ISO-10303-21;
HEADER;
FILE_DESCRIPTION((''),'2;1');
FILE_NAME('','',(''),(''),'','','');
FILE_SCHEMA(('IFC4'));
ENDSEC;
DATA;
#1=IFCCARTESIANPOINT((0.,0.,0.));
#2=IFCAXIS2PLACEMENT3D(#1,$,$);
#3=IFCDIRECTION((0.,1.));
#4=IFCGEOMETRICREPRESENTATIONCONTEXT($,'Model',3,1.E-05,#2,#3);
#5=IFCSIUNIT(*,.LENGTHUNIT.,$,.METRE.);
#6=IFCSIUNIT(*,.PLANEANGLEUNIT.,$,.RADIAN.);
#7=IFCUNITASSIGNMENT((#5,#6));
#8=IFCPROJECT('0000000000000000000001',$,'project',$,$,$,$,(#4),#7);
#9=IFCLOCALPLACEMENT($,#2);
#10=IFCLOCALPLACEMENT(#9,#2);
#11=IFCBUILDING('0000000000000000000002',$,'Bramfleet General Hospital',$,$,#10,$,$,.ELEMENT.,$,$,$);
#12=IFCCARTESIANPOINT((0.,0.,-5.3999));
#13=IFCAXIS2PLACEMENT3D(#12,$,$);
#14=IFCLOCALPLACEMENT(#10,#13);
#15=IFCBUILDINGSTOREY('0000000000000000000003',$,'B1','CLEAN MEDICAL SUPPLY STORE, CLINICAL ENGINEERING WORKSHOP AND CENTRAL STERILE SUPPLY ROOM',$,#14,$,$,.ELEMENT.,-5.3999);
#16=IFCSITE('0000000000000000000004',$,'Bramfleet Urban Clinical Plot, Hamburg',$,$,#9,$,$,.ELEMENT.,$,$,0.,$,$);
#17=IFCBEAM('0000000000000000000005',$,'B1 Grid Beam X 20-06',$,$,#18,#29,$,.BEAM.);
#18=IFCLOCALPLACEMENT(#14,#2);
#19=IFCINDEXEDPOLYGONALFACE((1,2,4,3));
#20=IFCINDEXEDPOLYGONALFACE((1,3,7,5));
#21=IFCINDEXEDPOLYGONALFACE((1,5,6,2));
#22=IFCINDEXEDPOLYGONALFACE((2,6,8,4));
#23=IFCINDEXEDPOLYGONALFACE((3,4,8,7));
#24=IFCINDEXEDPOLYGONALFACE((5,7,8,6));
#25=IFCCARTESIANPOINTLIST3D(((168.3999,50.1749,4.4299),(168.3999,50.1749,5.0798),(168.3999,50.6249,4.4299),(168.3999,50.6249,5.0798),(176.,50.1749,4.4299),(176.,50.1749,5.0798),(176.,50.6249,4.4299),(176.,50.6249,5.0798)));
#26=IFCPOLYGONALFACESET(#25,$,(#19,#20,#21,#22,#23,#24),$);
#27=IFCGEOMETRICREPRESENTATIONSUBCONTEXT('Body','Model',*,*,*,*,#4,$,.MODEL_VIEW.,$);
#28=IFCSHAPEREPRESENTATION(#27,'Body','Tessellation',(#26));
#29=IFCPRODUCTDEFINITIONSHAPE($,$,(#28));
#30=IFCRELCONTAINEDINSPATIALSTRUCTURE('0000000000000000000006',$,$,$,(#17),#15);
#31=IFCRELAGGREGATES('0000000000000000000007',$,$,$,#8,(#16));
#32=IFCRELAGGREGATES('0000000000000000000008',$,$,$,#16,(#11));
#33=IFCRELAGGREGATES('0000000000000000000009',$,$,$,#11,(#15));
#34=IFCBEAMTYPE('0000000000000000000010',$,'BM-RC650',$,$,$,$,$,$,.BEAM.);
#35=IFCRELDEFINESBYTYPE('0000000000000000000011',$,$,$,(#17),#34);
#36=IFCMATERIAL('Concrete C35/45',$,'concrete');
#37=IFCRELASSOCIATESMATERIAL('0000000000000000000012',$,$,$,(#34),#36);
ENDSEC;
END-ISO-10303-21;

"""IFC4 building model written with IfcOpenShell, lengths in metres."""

from ifc_helpers import new_model, si_unit, direction, frame, origin, origin_2d, place, context, subcontext, project, spatial, rectangle, extrude, material, material_profile, profile_set, type_object, element, save


model = new_model("IFC4")

# Units and contexts
model_context = context("Model", 3, precision=1e-05, world=origin(), true_north=direction((0.0, 1.0)))
body_context = subcontext(model_context, "Body", "Model", "MODEL_VIEW")
ifc_project = project(units=[si_unit("LENGTHUNIT", "METRE"), si_unit("PLANEANGLEUNIT", "RADIAN")], contexts=[model_context])

# Site, building, storey
site_placement = place(None, origin())
site = spatial("IfcSite", under=ifc_project, at=site_placement, Name="Bramfleet Urban Clinical Plot, Hamburg", CompositionType="ELEMENT", RefElevation=0.0)
building_placement = place(site_placement, origin())
building = spatial("IfcBuilding", under=site, at=building_placement, Name="Bramfleet General Hospital", CompositionType="ELEMENT")
storey_placement = place(building_placement, frame((0.0, 0.0, -5.3999)))
storey = spatial("IfcBuildingStorey", under=building, at=storey_placement, Name="B1", Description="CLEAN MEDICAL SUPPLY STORE, CLINICAL ENGINEERING WORKSHOP AND CENTRAL STERILE SUPPLY ROOM", CompositionType="ELEMENT", Elevation=-5.3999)

# Shared definitions
ifc_material_1 = material(Name="Concrete C35/45", Category="concrete")

# Beam
ifc_material_profile_1 = material_profile(ifc_material_1, rectangle(XDim=0.45, YDim=0.6499, at=origin_2d()), Name="RC BM 650x450")
ifc_profile_set_1 = profile_set([ifc_material_profile_1], Name="Concrete C35/45")
beam_type_1 = type_object("IfcBeamType", Name="BM-RC650", PredefinedType="BEAM", material=ifc_profile_set_1)
for number, where, z_axis, x_axis, name in (
    (1, (168.3999, 50.3999, 4.7549), (1.0, 0.0, 0.0), (0.0, 1.0, 0.0), "B1 Grid Beam X 20-06"),
):
    element("IfcBeam", number, at=place(storey_placement, frame(where, z_axis=z_axis, x_axis=x_axis)), inside=storey, type_object=beam_type_1, Name=name, PredefinedType="BEAM", context=body_context, shape_type="SweptSolid", body=[
        extrude(rectangle(XDim=0.45, YDim=0.6499, at=origin_2d()), origin(), (0.0, 0.0, 1.0), 7.6001),
    ])

save(model, "model.ifc")
